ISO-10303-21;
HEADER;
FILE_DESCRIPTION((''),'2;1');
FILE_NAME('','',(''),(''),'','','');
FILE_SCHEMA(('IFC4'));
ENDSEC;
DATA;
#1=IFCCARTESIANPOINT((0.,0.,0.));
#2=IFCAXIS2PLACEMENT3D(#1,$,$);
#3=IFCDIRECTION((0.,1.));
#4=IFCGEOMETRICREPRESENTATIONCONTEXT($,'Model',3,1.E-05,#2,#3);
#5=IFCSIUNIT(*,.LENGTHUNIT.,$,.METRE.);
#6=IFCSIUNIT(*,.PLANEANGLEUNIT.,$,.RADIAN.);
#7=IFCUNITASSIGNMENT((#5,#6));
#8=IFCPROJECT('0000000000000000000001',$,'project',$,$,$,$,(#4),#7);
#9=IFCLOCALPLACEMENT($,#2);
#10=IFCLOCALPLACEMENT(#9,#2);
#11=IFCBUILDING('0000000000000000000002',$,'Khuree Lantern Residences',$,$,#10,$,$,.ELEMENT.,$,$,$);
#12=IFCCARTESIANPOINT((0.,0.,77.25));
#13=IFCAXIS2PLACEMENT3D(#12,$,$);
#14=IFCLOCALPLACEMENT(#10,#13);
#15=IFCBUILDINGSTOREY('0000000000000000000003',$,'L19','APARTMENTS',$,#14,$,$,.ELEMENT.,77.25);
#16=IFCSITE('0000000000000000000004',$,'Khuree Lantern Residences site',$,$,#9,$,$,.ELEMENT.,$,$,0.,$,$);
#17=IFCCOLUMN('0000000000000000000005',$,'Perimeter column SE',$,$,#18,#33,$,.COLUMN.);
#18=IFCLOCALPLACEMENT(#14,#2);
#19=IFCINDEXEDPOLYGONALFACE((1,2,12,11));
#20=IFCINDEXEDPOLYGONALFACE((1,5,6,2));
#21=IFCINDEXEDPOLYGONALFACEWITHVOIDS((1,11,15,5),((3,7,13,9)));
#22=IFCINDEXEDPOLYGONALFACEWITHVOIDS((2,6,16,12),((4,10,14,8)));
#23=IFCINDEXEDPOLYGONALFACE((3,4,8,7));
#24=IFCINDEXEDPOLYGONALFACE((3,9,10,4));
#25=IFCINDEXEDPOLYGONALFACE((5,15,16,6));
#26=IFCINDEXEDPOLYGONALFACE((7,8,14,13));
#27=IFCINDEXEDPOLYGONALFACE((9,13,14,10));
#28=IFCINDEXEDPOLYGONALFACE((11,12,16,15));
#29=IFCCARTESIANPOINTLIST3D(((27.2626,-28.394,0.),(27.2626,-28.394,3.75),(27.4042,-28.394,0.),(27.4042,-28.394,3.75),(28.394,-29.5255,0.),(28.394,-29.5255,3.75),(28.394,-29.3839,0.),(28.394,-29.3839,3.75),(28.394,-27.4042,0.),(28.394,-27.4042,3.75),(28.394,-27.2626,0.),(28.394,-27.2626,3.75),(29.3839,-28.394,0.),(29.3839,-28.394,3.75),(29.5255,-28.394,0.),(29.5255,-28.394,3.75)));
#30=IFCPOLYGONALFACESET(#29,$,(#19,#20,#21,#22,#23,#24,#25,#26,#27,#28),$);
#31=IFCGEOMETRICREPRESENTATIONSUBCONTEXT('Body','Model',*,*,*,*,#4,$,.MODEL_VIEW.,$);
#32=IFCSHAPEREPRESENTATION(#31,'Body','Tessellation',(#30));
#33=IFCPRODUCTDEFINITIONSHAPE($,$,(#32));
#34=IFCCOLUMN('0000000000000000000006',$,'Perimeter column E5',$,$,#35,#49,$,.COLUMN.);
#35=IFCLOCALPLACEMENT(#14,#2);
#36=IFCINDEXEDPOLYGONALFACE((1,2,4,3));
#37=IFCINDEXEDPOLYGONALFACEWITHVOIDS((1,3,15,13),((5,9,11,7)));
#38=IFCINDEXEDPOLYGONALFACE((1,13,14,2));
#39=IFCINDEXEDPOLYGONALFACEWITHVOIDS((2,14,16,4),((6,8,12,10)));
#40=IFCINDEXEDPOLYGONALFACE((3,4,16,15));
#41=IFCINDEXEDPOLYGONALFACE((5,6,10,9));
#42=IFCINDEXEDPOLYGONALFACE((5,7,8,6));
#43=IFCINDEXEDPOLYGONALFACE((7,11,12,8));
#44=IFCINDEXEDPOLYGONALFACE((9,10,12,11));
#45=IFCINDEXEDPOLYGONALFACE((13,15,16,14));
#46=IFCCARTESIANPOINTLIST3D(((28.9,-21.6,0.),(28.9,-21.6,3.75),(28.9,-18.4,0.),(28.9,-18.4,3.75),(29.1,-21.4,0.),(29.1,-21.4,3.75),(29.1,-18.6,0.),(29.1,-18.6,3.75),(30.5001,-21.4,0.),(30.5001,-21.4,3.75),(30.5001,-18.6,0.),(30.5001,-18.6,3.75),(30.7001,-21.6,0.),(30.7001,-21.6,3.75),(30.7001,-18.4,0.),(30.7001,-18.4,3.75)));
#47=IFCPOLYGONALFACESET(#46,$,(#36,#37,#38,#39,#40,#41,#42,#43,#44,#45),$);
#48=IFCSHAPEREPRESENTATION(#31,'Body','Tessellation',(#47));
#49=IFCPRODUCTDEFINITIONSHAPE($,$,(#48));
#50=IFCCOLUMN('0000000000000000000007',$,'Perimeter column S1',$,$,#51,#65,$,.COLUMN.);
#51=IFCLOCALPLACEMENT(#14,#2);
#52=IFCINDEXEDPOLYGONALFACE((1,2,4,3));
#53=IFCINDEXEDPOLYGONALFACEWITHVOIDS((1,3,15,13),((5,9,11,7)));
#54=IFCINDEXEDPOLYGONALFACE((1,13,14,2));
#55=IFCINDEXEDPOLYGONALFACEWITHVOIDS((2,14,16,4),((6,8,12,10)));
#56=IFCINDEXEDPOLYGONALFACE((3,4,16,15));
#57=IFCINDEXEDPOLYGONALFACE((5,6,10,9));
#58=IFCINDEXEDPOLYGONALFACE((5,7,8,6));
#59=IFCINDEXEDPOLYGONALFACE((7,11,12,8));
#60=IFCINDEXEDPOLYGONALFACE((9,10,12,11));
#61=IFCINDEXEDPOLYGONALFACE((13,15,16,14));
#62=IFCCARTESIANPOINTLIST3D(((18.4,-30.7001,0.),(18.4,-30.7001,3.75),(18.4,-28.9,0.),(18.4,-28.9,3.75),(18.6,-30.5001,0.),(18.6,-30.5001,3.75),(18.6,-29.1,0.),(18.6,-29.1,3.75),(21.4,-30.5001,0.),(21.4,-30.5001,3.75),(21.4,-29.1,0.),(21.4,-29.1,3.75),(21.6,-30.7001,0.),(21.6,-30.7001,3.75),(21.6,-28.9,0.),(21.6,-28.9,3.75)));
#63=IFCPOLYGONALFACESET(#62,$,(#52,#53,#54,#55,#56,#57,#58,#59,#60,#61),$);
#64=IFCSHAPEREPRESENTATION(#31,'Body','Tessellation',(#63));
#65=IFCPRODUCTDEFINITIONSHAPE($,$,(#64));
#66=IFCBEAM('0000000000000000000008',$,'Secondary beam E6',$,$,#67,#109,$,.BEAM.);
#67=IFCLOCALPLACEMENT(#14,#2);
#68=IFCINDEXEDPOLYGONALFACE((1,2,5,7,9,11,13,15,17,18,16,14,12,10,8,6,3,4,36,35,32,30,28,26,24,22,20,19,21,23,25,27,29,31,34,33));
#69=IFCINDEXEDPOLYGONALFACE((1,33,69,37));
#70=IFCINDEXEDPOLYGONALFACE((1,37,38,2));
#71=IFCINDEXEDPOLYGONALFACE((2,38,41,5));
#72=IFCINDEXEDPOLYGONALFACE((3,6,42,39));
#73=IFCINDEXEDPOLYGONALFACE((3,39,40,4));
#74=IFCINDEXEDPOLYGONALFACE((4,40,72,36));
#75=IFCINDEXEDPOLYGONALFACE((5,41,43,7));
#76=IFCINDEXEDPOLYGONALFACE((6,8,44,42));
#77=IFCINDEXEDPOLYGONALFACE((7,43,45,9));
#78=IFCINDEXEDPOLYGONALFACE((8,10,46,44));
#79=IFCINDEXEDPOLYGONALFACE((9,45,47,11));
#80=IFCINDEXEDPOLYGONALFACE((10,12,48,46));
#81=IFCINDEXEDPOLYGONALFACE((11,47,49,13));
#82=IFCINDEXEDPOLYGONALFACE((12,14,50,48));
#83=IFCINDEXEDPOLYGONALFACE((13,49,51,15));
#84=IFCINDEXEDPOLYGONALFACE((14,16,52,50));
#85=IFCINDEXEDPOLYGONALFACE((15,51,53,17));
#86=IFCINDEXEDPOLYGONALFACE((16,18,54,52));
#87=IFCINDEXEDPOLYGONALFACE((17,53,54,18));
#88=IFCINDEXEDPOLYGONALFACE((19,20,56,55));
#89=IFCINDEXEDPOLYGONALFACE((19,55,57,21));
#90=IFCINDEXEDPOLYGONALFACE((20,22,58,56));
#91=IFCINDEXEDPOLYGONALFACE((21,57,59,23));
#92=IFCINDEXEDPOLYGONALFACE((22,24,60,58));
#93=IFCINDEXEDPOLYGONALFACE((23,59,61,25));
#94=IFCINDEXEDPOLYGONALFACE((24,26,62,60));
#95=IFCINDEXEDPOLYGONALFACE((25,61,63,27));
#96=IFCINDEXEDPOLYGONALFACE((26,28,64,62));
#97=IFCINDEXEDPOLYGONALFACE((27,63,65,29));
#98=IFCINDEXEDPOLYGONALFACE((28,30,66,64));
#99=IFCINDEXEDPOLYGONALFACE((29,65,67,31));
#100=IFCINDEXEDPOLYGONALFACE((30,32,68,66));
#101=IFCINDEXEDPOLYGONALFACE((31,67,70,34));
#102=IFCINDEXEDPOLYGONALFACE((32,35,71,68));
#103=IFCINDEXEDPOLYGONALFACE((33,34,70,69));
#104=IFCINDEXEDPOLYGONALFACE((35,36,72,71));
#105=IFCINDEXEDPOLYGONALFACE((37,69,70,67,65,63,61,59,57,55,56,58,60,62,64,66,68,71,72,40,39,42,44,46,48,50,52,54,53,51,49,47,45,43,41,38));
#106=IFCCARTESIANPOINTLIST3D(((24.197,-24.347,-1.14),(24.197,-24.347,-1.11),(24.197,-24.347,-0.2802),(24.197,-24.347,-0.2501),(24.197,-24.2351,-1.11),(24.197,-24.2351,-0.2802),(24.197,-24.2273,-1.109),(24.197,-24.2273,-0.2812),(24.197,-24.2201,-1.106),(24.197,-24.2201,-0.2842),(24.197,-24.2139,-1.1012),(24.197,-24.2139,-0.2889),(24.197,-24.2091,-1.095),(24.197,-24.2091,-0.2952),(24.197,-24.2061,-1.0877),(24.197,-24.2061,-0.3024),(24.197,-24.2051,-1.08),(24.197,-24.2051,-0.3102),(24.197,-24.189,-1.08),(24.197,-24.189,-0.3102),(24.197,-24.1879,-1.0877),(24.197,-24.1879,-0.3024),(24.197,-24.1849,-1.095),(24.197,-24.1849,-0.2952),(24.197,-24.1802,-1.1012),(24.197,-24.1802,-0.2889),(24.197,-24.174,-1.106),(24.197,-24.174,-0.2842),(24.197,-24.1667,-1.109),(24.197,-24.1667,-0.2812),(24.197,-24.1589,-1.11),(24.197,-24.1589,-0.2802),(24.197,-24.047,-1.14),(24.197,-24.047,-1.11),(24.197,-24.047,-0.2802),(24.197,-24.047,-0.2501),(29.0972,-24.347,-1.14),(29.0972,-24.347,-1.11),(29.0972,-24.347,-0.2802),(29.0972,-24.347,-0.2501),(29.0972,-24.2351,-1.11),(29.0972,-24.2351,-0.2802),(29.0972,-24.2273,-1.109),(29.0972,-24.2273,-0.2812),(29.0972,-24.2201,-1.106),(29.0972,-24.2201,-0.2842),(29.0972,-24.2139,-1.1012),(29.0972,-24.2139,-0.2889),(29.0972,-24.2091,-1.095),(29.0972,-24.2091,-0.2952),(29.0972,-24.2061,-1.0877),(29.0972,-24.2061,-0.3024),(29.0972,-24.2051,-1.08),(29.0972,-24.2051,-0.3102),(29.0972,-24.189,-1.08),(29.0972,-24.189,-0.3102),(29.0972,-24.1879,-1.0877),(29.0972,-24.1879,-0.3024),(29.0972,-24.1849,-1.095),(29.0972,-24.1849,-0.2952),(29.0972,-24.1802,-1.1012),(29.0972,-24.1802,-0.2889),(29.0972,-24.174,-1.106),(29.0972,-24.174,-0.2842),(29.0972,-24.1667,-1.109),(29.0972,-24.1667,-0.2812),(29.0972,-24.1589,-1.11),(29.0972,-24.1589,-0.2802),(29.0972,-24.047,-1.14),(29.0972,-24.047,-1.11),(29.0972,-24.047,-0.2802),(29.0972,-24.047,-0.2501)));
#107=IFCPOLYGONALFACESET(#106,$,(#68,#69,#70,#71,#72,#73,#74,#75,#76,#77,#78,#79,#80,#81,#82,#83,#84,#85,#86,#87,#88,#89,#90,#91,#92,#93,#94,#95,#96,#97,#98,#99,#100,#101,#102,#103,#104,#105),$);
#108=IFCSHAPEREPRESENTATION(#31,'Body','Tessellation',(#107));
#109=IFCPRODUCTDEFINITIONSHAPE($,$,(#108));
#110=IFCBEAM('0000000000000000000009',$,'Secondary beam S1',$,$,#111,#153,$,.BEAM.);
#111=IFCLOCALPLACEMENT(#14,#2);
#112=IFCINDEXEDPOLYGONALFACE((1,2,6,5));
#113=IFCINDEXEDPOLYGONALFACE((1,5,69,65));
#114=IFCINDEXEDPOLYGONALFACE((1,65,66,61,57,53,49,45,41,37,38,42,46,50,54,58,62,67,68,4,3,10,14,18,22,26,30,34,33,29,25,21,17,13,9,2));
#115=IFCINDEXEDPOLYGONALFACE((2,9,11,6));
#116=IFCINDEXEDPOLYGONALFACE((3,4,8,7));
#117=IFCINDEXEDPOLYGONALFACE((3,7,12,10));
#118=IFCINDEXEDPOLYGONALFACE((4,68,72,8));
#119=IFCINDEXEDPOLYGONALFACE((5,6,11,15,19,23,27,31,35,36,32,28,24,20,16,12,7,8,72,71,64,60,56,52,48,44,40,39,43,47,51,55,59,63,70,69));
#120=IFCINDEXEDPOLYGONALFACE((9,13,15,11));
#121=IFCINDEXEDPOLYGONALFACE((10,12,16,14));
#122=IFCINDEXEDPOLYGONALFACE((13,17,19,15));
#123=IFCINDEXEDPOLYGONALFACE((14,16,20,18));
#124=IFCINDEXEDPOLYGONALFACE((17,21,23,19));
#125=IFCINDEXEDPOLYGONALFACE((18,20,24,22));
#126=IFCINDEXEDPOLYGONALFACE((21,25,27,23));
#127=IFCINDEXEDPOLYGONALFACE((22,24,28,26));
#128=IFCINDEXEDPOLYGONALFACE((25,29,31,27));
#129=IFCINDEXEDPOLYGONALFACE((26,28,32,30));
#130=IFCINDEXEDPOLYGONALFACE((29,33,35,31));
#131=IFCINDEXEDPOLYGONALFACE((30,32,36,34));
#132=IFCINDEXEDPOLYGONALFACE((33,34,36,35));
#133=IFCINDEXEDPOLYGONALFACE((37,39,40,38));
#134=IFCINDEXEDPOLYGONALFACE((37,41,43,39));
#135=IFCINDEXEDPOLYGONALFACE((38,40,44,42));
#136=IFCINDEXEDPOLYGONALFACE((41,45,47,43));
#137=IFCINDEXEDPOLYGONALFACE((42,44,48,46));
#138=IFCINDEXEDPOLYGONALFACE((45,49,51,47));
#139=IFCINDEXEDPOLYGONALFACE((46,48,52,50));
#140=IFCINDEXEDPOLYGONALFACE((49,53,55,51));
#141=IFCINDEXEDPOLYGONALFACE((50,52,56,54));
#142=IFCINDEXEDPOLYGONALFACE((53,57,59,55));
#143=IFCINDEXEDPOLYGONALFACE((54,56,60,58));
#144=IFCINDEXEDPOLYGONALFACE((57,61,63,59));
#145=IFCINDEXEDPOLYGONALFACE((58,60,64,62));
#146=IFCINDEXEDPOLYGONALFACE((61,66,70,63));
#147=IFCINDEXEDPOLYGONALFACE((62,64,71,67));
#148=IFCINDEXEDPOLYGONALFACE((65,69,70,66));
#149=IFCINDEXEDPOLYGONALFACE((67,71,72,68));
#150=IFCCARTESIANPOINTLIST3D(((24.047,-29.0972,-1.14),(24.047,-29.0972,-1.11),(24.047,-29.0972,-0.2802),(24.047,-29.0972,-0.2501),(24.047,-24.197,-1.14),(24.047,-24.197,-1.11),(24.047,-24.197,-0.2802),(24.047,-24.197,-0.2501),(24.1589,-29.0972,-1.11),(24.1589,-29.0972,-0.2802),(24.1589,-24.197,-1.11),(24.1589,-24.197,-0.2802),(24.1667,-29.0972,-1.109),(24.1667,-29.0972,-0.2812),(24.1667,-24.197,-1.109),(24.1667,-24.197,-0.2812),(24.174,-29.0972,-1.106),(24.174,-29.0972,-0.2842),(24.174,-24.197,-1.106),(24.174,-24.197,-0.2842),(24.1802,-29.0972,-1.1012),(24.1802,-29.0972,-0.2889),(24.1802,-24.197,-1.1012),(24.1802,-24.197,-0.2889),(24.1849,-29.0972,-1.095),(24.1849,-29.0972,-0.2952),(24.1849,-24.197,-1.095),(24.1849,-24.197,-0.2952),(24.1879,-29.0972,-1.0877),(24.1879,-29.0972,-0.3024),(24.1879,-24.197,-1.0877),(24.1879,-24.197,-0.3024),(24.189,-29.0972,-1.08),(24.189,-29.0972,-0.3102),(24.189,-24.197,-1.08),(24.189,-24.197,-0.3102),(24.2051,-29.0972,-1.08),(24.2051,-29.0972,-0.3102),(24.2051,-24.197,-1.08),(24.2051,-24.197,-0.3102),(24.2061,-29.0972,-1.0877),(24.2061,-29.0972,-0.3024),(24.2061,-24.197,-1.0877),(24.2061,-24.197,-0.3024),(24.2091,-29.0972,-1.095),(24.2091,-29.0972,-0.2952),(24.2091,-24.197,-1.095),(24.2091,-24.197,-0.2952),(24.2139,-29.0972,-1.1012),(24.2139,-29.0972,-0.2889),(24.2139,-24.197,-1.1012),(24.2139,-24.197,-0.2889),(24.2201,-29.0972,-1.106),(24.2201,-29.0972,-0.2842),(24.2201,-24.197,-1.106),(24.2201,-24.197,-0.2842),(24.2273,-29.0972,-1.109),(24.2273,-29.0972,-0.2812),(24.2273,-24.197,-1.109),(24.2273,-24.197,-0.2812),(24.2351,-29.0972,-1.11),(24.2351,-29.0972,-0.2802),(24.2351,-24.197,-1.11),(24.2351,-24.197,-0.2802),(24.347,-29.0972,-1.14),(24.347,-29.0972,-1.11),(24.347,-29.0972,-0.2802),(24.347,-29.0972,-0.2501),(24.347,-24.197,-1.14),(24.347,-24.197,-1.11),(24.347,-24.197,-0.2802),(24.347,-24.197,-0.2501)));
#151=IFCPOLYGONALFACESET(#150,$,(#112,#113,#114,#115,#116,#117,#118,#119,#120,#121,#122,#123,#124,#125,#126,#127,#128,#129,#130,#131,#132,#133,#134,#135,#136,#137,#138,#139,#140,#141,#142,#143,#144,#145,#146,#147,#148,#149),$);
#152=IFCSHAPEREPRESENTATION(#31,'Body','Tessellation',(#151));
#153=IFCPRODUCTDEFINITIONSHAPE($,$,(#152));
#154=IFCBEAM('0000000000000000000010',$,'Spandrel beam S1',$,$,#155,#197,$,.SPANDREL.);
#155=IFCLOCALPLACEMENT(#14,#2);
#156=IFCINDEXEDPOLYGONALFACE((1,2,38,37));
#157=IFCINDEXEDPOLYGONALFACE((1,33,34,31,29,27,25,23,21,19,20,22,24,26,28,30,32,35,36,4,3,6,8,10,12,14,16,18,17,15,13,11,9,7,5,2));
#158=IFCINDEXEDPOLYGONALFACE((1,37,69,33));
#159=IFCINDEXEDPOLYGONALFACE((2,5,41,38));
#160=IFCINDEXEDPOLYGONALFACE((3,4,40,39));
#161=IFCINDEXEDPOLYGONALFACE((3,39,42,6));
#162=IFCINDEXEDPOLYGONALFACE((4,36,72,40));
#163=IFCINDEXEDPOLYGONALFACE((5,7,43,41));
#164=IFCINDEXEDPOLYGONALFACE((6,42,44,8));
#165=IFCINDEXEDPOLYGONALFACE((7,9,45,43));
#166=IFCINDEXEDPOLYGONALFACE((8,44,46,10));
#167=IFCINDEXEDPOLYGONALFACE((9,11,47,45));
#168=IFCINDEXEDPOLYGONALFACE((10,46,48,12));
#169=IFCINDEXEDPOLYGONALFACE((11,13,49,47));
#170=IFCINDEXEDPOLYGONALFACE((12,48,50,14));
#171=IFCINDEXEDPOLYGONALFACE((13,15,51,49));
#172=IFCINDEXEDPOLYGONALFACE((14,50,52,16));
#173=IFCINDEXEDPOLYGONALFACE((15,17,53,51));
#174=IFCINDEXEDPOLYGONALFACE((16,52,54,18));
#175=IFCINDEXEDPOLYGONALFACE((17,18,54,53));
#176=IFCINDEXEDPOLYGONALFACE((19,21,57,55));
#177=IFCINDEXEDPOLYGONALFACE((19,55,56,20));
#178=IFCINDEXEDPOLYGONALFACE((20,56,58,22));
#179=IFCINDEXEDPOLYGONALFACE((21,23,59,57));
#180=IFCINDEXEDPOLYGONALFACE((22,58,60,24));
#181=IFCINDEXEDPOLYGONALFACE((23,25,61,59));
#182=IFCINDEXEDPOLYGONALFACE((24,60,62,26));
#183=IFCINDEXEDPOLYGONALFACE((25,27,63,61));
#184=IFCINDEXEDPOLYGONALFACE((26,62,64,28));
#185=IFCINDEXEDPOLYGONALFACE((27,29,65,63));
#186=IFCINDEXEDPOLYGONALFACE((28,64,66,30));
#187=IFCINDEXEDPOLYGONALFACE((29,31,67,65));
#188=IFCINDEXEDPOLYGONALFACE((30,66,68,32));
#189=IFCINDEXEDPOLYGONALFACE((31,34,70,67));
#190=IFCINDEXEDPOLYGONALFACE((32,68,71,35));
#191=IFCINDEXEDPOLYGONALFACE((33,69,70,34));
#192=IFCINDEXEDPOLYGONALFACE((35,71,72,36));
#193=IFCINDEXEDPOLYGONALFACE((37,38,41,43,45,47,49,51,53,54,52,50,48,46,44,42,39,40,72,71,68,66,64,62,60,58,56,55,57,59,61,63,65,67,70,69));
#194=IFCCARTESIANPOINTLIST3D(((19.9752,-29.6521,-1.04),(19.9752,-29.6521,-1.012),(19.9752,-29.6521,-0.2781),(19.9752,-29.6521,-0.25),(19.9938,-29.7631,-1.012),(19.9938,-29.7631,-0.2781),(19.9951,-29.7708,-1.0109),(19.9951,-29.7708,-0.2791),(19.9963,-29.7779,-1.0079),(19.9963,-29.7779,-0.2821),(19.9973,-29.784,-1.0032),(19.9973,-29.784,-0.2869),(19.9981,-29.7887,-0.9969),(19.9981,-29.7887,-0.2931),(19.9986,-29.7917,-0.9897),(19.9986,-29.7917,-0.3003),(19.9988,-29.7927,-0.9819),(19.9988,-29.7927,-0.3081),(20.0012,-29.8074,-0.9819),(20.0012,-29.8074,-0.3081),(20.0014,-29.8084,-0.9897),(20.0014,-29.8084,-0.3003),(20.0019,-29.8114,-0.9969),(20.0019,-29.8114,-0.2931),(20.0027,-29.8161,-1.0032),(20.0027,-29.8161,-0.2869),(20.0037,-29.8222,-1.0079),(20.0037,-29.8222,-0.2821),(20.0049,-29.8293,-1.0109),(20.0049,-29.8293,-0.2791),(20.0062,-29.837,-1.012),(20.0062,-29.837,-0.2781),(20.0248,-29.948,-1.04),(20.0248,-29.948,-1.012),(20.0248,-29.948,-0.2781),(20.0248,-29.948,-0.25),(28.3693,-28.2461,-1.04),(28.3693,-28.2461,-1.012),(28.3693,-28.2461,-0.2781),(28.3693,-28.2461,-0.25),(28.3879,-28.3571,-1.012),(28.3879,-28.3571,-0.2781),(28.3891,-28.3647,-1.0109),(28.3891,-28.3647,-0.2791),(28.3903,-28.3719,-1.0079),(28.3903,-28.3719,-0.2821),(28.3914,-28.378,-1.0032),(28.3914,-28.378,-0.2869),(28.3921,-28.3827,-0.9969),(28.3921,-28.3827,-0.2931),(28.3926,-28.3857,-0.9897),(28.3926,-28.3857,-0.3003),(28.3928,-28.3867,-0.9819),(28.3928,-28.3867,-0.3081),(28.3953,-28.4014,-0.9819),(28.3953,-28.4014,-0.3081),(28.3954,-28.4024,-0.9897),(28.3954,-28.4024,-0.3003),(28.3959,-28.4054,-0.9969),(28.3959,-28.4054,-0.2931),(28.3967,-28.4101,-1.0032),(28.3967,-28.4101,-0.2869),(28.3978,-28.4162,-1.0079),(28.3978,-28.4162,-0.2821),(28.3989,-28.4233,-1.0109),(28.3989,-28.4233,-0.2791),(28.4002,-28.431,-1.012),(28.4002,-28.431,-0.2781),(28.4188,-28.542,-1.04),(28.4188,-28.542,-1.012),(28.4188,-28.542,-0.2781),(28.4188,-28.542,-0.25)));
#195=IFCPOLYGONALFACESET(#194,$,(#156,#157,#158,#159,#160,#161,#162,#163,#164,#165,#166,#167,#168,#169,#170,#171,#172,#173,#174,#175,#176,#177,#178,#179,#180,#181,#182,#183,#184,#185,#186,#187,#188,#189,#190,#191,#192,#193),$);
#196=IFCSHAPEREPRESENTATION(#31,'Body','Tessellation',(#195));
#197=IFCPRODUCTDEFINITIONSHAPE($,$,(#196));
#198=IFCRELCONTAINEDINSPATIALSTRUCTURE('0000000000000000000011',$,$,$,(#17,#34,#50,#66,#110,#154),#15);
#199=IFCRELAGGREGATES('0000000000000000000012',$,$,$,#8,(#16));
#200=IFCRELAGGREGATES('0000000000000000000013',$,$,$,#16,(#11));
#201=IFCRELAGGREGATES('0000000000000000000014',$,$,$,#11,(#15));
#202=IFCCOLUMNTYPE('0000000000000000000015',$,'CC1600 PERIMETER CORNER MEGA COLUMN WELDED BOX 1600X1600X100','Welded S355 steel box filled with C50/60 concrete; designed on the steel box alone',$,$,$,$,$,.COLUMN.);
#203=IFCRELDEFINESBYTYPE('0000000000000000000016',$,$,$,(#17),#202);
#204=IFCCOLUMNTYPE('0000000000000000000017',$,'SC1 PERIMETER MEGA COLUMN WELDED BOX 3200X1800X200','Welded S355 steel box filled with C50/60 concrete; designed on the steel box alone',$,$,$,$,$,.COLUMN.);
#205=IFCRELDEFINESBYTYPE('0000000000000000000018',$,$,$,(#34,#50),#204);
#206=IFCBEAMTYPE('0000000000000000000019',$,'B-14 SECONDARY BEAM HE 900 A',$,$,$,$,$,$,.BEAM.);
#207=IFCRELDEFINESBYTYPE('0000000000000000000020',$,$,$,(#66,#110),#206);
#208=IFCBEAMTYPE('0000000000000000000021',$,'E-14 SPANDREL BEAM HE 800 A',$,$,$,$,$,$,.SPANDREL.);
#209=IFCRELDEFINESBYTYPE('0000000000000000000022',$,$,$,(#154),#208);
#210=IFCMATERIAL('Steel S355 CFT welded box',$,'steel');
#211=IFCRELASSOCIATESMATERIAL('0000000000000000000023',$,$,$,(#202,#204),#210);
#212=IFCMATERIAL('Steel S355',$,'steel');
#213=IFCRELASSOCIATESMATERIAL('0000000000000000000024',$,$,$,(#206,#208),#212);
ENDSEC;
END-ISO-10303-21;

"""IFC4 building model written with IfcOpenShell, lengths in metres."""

from ifc_helpers import new_model, si_unit, direction, frame, origin, origin_2d, place, context, subcontext, project, spatial, hollow_rectangle, i_section, extrude, material, material_profile, profile_set, type_object, element, save


model = new_model("IFC4")

# Units and contexts
model_context = context("Model", 3, precision=1e-05, world=origin(), true_north=direction((0.0, 1.0)))
body_context = subcontext(model_context, "Body", "Model", "MODEL_VIEW")
ifc_project = project(units=[si_unit("LENGTHUNIT", "METRE"), si_unit("PLANEANGLEUNIT", "RADIAN")], contexts=[model_context])

# Site, building, storey
site_placement = place(None, origin())
site = spatial("IfcSite", under=ifc_project, at=site_placement, Name="Khuree Lantern Residences site", CompositionType="ELEMENT", RefElevation=0.0)
building_placement = place(site_placement, origin())
building = spatial("IfcBuilding", under=site, at=building_placement, Name="Khuree Lantern Residences", CompositionType="ELEMENT")
storey_placement = place(building_placement, frame((0.0, 0.0, 77.25)))
storey = spatial("IfcBuildingStorey", under=building, at=storey_placement, Name="L19", Description="APARTMENTS", CompositionType="ELEMENT", Elevation=77.25)

# Columns
ifc_material_1 = material(Name="Steel S355 CFT welded box", Category="steel")
ifc_material_profile_1 = material_profile(ifc_material_1, hollow_rectangle(XDim=1.6001, YDim=1.6001, WallThickness=0.1001, at=origin_2d()), Name="WELDED BOX 1600X1600X100")
ifc_profile_set_1 = profile_set([ifc_material_profile_1], Name="Steel S355 CFT welded box")
column_type_1 = type_object("IfcColumnType", Name="CC1600 PERIMETER CORNER MEGA COLUMN WELDED BOX 1600X1600X100", Description="Welded S355 steel box filled with C50/60 concrete; designed on the steel box alone", PredefinedType="COLUMN", material=ifc_profile_set_1)
column_placement = place(storey_placement, frame((28.394, -28.394, 0.0), z_axis=(0.0, 0.0, 1.0), x_axis=(0.707107, 0.707107, 0.0)))
element("IfcColumn", 1, at=column_placement, inside=storey, type_object=column_type_1, Name="Perimeter column SE", PredefinedType="COLUMN", context=body_context, shape_type="SweptSolid", body=[
    extrude(hollow_rectangle(XDim=1.6001, YDim=1.6001, WallThickness=0.1001, at=origin_2d()), origin(), (0.0, 0.0, 1.0), 3.75),
])
ifc_material_profile_2 = material_profile(ifc_material_1, hollow_rectangle(XDim=3.2, YDim=1.8, WallThickness=0.2, at=origin_2d()), Name="WELDED BOX 3200X1800X200")
ifc_profile_set_2 = profile_set([ifc_material_profile_2], Name="Steel S355 CFT welded box")
column_type_2 = type_object("IfcColumnType", Name="SC1 PERIMETER MEGA COLUMN WELDED BOX 3200X1800X200", Description="Welded S355 steel box filled with C50/60 concrete; designed on the steel box alone", PredefinedType="COLUMN", material=ifc_profile_set_2)
for number, where, z_axis, x_axis, name in (
    (2, (29.8, -20.0, 0.0), (0.0, 0.0, 1.0), (0.0, 1.0, 0.0), "Perimeter column E5"),
    (3, (20.0, -29.8, 0.0), (0.0, 0.0, 1.0), (1.0, 0.0, 0.0), "Perimeter column S1"),
):
    element("IfcColumn", number, at=place(storey_placement, frame(where, z_axis=z_axis, x_axis=x_axis)), inside=storey, type_object=column_type_2, Name=name, PredefinedType="COLUMN", context=body_context, shape_type="SweptSolid", body=[
        extrude(hollow_rectangle(XDim=3.2, YDim=1.8, WallThickness=0.2, at=origin_2d()), origin(), (0.0, 0.0, 1.0), 3.75),
    ])

# Beams
ifc_material_2 = material(Name="Steel S355", Category="steel")
ifc_material_profile_3 = material_profile(ifc_material_2, i_section(OverallWidth=0.3, OverallDepth=0.8899, WebThickness=0.0161, FlangeThickness=0.03, FilletRadius=0.03, at=origin_2d()), Name="HE 900 A")
ifc_profile_set_3 = profile_set([ifc_material_profile_3], Name="Steel S355")
beam_type_1 = type_object("IfcBeamType", Name="B-14 SECONDARY BEAM HE 900 A", PredefinedType="BEAM", material=ifc_profile_set_3)
for number, where, z_axis, x_axis, name in (
    (4, (29.0972, -24.197, -0.6951), (-1.0, 0.0, 0.0), (0.0, -1.0, 0.0), "Secondary beam E6"),
    (5, (24.197, -29.0972, -0.6951), (0.0, 1.0, 0.0), (-1.0, 0.0, 0.0), "Secondary beam S1"),
):
    element("IfcBeam", number, at=place(storey_placement, frame(where, z_axis=z_axis, x_axis=x_axis)), inside=storey, type_object=beam_type_1, Name=name, PredefinedType="BEAM", context=body_context, shape_type="SweptSolid", body=[
        extrude(i_section(OverallWidth=0.3, OverallDepth=0.8899, WebThickness=0.0161, FlangeThickness=0.03, FilletRadius=0.03, at=origin_2d()), origin(), (0.0, 0.0, 1.0), 4.9001),
    ])
ifc_material_profile_4 = material_profile(ifc_material_2, i_section(OverallWidth=0.3, OverallDepth=0.79, WebThickness=0.0149, FlangeThickness=0.0281, FilletRadius=0.03, at=origin_2d()), Name="HE 800 A")
ifc_profile_set_4 = profile_set([ifc_material_profile_4], Name="Steel S355")
beam_type_2 = type_object("IfcBeamType", Name="E-14 SPANDREL BEAM HE 800 A", PredefinedType="SPANDREL", material=ifc_profile_set_4)
beam_1_placement = place(storey_placement, frame((28.394, -28.394, -0.645), z_axis=(-0.98626, -0.165199, 0.0), x_axis=(0.165199, -0.98626, 0.0)))
element("IfcBeam", 6, at=beam_1_placement, inside=storey, type_object=beam_type_2, Name="Spandrel beam S1", PredefinedType="SPANDREL", context=body_context, shape_type="SweptSolid", body=[
    extrude(i_section(OverallWidth=0.3, OverallDepth=0.79, WebThickness=0.0149, FlangeThickness=0.0281, FilletRadius=0.03, at=origin_2d()), origin(), (0.0, 0.0, 1.0), 8.511),
])

save(model, "model.ifc")
